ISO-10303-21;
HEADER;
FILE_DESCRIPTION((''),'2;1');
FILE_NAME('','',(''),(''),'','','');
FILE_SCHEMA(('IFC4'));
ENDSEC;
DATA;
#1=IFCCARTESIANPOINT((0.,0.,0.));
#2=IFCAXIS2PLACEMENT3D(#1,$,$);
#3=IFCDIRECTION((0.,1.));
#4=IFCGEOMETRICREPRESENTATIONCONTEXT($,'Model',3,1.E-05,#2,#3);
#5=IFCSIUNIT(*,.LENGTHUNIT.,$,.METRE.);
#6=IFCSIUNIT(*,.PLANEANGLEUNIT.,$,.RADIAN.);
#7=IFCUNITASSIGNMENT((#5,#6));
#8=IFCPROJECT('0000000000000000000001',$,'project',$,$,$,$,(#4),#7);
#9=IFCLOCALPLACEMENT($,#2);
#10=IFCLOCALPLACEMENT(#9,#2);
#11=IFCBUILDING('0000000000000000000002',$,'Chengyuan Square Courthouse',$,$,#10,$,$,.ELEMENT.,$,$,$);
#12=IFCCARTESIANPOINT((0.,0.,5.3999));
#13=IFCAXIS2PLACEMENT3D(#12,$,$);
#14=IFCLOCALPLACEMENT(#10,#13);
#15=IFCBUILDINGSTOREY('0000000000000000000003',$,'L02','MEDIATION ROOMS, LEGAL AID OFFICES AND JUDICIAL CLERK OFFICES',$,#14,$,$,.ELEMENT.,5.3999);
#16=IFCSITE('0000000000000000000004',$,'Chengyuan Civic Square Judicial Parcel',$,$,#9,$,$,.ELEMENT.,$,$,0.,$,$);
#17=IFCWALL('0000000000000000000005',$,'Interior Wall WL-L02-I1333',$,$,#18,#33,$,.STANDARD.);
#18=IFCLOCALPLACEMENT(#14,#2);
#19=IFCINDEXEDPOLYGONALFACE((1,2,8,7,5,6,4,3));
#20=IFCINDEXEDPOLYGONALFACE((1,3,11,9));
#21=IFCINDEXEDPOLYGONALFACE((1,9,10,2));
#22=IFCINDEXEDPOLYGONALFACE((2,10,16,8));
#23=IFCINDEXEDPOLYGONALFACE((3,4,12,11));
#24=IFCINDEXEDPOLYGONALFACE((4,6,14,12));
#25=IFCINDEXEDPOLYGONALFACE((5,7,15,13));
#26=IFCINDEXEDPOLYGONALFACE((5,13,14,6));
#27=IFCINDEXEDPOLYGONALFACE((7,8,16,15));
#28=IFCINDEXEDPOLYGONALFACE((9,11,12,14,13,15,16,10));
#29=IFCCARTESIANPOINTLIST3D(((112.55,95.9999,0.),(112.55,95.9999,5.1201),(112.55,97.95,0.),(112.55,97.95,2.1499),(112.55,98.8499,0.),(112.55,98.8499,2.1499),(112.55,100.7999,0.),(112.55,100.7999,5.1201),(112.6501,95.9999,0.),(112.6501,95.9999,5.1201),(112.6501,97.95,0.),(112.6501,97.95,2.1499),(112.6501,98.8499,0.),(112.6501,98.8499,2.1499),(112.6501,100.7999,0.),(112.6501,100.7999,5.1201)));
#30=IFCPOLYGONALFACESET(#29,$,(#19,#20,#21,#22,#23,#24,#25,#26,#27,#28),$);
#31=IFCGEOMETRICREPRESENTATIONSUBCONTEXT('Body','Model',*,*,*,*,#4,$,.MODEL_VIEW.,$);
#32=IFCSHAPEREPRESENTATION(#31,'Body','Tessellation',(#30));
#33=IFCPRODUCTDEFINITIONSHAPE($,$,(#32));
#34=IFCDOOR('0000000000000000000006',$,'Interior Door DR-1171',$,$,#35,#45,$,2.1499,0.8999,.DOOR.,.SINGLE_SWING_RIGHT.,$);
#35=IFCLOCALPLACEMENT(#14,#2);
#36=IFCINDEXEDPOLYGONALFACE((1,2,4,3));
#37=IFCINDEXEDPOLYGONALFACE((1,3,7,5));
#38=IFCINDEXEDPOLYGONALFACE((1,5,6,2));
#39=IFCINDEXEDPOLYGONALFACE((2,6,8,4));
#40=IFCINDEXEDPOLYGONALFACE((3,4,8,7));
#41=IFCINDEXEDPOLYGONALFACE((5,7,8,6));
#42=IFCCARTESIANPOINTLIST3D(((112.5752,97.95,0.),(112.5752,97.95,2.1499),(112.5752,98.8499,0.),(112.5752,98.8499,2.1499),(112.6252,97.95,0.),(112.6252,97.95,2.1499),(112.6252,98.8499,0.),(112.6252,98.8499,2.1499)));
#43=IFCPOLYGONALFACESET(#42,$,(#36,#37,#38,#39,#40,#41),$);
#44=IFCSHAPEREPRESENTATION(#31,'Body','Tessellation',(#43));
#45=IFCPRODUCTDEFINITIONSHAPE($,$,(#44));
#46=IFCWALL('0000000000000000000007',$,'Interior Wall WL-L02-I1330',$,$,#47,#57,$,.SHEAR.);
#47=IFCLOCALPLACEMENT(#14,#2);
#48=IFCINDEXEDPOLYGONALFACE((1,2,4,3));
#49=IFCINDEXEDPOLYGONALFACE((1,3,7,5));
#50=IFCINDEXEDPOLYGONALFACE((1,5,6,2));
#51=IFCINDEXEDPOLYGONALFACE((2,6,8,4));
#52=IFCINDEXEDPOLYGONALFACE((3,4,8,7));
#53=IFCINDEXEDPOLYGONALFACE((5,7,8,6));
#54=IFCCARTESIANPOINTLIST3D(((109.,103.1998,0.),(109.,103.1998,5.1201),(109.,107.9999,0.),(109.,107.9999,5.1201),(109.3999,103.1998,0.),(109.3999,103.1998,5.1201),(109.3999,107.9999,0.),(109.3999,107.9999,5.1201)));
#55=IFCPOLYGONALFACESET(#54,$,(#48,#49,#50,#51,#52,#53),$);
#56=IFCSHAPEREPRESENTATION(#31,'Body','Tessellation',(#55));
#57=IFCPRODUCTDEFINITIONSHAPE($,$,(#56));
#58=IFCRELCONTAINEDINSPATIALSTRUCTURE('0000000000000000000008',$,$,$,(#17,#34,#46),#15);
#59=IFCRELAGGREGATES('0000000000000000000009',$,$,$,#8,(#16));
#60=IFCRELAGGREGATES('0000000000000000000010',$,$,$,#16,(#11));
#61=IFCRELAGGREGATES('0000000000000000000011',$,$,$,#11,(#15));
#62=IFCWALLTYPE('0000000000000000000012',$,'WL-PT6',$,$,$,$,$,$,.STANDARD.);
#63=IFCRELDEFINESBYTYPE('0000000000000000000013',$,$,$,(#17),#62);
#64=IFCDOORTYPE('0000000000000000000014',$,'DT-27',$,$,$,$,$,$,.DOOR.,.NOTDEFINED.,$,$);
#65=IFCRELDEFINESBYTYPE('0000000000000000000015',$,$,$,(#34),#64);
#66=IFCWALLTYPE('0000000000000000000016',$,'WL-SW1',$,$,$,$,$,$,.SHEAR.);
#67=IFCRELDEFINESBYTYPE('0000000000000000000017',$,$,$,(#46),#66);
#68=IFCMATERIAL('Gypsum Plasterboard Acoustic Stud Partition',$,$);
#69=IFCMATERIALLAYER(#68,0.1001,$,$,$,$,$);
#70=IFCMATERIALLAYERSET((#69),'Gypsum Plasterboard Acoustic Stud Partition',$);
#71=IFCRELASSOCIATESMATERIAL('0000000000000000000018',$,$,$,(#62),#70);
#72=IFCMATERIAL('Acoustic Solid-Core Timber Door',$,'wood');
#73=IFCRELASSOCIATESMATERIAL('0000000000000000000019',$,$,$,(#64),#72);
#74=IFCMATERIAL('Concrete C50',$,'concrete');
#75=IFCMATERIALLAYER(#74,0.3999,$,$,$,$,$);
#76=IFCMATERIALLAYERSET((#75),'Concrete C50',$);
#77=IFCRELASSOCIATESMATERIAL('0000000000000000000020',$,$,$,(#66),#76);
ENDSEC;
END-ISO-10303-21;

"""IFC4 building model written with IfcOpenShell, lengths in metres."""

from ifc_helpers import new_model, si_unit, direction, frame, frame_2d, origin, place, context, subcontext, project, spatial, rectangle, extrude, material, layer, layer_set, type_object, element, fill, save


model = new_model("IFC4")

# Units and contexts
model_context = context("Model", 3, precision=1e-05, world=origin(), true_north=direction((0.0, 1.0)))
body_context = subcontext(model_context, "Body", "Model", "MODEL_VIEW")
ifc_project = project(units=[si_unit("LENGTHUNIT", "METRE"), si_unit("PLANEANGLEUNIT", "RADIAN")], contexts=[model_context])

# Site, building, storey
site_placement = place(None, origin())
site = spatial("IfcSite", under=ifc_project, at=site_placement, Name="Chengyuan Civic Square Judicial Parcel", CompositionType="ELEMENT", RefElevation=0.0)
building_placement = place(site_placement, origin())
building = spatial("IfcBuilding", under=site, at=building_placement, Name="Chengyuan Square Courthouse", CompositionType="ELEMENT")
storey_placement = place(building_placement, frame((0.0, 0.0, 5.3999)))
storey = spatial("IfcBuildingStorey", under=building, at=storey_placement, Name="L02", Description="MEDIATION ROOMS, LEGAL AID OFFICES AND JUDICIAL CLERK OFFICES", CompositionType="ELEMENT", Elevation=5.3999)

# Shared definitions
ifc_material_1 = material(Name="Concrete C50", Category="concrete")

# Shared definitions
ifc_material_2 = material(Name="Gypsum Plasterboard Acoustic Stud Partition")
ifc_layer_1 = layer(ifc_material_2, 0.1001)
ifc_layer_set_1 = layer_set([ifc_layer_1], Name="Gypsum Plasterboard Acoustic Stud Partition")
wall_type_1 = type_object("IfcWallType", Name="WL-PT6", PredefinedType="STANDARD", material=ifc_layer_set_1)
ifc_material_3 = material(Name="Acoustic Solid-Core Timber Door", Category="wood")

# Wall, opening, door
wall_1_placement = place(storey_placement, frame((112.6001, 96.0, 0.0), z_axis=(0.0, 0.0, 1.0), x_axis=(0.0, 1.0, 0.0)))
wall_1 = element("IfcWall", 1, at=wall_1_placement, inside=storey, type_object=wall_type_1, Name="Interior Wall WL-L02-I1333", PredefinedType="STANDARD", context=body_context, shape_type="SweptSolid", body=[
    extrude(rectangle(XDim=4.8, YDim=0.1001, at=frame_2d((2.3999, 0.0))), origin(), (0.0, 0.0, 1.0), 5.1201),
])
opening_1_placement = place(wall_1_placement, frame((1.95, 0.0, 0.0)))
opening_1 = element("IfcOpeningElement", 2, at=opening_1_placement, cuts=wall_1, PredefinedType="OPENING", context=body_context, shape_type="SweptSolid", body=[
    extrude(rectangle(XDim=0.8999, YDim=2.1499, at=frame_2d((0.45, 1.075))), frame((0.0, 0.062, 0.0), z_axis=(0.0, -1.0, 0.0), x_axis=(1.0, 0.0, 0.0)), (0.0, 0.0, 1.0), 0.124),
])
door_type_1 = type_object("IfcDoorType", Name="DT-27", OperationType="NOTDEFINED", PredefinedType="DOOR", material=ifc_material_3)
door_1_placement = place(opening_1_placement, origin())
door_1 = element("IfcDoor", 3, at=door_1_placement, inside=storey, type_object=door_type_1, Name="Interior Door DR-1171", OperationType="SINGLE_SWING_RIGHT", OverallHeight=2.1499, OverallWidth=0.8999, PredefinedType="DOOR", context=body_context, shape_type="SweptSolid", body=[
    extrude(rectangle(XDim=0.8999, YDim=2.1499, at=frame_2d((0.45, 1.075))), frame((0.0, 0.0249, 0.0), z_axis=(0.0, -1.0, 0.0), x_axis=(1.0, 0.0, 0.0)), (0.0, 0.0, 1.0), 0.05),
])
fill(opening_1, door_1)

# Wall
ifc_layer_2 = layer(ifc_material_1, 0.3999)
ifc_layer_set_2 = layer_set([ifc_layer_2], Name="Concrete C50")
wall_type_2 = type_object("IfcWallType", Name="WL-SW1", PredefinedType="SHEAR", material=ifc_layer_set_2)
wall_2_placement = place(storey_placement, frame((109.2, 103.2, 0.0), z_axis=(0.0, 0.0, 1.0), x_axis=(0.0, 1.0, 0.0)))
element("IfcWall", 4, at=wall_2_placement, inside=storey, type_object=wall_type_2, Name="Interior Wall WL-L02-I1330", PredefinedType="SHEAR", context=body_context, shape_type="SweptSolid", body=[
    extrude(rectangle(XDim=4.8, YDim=0.3999, at=frame_2d((2.3999, 0.0))), origin(), (0.0, 0.0, 1.0), 5.1201),
])

save(model, "model.ifc")
